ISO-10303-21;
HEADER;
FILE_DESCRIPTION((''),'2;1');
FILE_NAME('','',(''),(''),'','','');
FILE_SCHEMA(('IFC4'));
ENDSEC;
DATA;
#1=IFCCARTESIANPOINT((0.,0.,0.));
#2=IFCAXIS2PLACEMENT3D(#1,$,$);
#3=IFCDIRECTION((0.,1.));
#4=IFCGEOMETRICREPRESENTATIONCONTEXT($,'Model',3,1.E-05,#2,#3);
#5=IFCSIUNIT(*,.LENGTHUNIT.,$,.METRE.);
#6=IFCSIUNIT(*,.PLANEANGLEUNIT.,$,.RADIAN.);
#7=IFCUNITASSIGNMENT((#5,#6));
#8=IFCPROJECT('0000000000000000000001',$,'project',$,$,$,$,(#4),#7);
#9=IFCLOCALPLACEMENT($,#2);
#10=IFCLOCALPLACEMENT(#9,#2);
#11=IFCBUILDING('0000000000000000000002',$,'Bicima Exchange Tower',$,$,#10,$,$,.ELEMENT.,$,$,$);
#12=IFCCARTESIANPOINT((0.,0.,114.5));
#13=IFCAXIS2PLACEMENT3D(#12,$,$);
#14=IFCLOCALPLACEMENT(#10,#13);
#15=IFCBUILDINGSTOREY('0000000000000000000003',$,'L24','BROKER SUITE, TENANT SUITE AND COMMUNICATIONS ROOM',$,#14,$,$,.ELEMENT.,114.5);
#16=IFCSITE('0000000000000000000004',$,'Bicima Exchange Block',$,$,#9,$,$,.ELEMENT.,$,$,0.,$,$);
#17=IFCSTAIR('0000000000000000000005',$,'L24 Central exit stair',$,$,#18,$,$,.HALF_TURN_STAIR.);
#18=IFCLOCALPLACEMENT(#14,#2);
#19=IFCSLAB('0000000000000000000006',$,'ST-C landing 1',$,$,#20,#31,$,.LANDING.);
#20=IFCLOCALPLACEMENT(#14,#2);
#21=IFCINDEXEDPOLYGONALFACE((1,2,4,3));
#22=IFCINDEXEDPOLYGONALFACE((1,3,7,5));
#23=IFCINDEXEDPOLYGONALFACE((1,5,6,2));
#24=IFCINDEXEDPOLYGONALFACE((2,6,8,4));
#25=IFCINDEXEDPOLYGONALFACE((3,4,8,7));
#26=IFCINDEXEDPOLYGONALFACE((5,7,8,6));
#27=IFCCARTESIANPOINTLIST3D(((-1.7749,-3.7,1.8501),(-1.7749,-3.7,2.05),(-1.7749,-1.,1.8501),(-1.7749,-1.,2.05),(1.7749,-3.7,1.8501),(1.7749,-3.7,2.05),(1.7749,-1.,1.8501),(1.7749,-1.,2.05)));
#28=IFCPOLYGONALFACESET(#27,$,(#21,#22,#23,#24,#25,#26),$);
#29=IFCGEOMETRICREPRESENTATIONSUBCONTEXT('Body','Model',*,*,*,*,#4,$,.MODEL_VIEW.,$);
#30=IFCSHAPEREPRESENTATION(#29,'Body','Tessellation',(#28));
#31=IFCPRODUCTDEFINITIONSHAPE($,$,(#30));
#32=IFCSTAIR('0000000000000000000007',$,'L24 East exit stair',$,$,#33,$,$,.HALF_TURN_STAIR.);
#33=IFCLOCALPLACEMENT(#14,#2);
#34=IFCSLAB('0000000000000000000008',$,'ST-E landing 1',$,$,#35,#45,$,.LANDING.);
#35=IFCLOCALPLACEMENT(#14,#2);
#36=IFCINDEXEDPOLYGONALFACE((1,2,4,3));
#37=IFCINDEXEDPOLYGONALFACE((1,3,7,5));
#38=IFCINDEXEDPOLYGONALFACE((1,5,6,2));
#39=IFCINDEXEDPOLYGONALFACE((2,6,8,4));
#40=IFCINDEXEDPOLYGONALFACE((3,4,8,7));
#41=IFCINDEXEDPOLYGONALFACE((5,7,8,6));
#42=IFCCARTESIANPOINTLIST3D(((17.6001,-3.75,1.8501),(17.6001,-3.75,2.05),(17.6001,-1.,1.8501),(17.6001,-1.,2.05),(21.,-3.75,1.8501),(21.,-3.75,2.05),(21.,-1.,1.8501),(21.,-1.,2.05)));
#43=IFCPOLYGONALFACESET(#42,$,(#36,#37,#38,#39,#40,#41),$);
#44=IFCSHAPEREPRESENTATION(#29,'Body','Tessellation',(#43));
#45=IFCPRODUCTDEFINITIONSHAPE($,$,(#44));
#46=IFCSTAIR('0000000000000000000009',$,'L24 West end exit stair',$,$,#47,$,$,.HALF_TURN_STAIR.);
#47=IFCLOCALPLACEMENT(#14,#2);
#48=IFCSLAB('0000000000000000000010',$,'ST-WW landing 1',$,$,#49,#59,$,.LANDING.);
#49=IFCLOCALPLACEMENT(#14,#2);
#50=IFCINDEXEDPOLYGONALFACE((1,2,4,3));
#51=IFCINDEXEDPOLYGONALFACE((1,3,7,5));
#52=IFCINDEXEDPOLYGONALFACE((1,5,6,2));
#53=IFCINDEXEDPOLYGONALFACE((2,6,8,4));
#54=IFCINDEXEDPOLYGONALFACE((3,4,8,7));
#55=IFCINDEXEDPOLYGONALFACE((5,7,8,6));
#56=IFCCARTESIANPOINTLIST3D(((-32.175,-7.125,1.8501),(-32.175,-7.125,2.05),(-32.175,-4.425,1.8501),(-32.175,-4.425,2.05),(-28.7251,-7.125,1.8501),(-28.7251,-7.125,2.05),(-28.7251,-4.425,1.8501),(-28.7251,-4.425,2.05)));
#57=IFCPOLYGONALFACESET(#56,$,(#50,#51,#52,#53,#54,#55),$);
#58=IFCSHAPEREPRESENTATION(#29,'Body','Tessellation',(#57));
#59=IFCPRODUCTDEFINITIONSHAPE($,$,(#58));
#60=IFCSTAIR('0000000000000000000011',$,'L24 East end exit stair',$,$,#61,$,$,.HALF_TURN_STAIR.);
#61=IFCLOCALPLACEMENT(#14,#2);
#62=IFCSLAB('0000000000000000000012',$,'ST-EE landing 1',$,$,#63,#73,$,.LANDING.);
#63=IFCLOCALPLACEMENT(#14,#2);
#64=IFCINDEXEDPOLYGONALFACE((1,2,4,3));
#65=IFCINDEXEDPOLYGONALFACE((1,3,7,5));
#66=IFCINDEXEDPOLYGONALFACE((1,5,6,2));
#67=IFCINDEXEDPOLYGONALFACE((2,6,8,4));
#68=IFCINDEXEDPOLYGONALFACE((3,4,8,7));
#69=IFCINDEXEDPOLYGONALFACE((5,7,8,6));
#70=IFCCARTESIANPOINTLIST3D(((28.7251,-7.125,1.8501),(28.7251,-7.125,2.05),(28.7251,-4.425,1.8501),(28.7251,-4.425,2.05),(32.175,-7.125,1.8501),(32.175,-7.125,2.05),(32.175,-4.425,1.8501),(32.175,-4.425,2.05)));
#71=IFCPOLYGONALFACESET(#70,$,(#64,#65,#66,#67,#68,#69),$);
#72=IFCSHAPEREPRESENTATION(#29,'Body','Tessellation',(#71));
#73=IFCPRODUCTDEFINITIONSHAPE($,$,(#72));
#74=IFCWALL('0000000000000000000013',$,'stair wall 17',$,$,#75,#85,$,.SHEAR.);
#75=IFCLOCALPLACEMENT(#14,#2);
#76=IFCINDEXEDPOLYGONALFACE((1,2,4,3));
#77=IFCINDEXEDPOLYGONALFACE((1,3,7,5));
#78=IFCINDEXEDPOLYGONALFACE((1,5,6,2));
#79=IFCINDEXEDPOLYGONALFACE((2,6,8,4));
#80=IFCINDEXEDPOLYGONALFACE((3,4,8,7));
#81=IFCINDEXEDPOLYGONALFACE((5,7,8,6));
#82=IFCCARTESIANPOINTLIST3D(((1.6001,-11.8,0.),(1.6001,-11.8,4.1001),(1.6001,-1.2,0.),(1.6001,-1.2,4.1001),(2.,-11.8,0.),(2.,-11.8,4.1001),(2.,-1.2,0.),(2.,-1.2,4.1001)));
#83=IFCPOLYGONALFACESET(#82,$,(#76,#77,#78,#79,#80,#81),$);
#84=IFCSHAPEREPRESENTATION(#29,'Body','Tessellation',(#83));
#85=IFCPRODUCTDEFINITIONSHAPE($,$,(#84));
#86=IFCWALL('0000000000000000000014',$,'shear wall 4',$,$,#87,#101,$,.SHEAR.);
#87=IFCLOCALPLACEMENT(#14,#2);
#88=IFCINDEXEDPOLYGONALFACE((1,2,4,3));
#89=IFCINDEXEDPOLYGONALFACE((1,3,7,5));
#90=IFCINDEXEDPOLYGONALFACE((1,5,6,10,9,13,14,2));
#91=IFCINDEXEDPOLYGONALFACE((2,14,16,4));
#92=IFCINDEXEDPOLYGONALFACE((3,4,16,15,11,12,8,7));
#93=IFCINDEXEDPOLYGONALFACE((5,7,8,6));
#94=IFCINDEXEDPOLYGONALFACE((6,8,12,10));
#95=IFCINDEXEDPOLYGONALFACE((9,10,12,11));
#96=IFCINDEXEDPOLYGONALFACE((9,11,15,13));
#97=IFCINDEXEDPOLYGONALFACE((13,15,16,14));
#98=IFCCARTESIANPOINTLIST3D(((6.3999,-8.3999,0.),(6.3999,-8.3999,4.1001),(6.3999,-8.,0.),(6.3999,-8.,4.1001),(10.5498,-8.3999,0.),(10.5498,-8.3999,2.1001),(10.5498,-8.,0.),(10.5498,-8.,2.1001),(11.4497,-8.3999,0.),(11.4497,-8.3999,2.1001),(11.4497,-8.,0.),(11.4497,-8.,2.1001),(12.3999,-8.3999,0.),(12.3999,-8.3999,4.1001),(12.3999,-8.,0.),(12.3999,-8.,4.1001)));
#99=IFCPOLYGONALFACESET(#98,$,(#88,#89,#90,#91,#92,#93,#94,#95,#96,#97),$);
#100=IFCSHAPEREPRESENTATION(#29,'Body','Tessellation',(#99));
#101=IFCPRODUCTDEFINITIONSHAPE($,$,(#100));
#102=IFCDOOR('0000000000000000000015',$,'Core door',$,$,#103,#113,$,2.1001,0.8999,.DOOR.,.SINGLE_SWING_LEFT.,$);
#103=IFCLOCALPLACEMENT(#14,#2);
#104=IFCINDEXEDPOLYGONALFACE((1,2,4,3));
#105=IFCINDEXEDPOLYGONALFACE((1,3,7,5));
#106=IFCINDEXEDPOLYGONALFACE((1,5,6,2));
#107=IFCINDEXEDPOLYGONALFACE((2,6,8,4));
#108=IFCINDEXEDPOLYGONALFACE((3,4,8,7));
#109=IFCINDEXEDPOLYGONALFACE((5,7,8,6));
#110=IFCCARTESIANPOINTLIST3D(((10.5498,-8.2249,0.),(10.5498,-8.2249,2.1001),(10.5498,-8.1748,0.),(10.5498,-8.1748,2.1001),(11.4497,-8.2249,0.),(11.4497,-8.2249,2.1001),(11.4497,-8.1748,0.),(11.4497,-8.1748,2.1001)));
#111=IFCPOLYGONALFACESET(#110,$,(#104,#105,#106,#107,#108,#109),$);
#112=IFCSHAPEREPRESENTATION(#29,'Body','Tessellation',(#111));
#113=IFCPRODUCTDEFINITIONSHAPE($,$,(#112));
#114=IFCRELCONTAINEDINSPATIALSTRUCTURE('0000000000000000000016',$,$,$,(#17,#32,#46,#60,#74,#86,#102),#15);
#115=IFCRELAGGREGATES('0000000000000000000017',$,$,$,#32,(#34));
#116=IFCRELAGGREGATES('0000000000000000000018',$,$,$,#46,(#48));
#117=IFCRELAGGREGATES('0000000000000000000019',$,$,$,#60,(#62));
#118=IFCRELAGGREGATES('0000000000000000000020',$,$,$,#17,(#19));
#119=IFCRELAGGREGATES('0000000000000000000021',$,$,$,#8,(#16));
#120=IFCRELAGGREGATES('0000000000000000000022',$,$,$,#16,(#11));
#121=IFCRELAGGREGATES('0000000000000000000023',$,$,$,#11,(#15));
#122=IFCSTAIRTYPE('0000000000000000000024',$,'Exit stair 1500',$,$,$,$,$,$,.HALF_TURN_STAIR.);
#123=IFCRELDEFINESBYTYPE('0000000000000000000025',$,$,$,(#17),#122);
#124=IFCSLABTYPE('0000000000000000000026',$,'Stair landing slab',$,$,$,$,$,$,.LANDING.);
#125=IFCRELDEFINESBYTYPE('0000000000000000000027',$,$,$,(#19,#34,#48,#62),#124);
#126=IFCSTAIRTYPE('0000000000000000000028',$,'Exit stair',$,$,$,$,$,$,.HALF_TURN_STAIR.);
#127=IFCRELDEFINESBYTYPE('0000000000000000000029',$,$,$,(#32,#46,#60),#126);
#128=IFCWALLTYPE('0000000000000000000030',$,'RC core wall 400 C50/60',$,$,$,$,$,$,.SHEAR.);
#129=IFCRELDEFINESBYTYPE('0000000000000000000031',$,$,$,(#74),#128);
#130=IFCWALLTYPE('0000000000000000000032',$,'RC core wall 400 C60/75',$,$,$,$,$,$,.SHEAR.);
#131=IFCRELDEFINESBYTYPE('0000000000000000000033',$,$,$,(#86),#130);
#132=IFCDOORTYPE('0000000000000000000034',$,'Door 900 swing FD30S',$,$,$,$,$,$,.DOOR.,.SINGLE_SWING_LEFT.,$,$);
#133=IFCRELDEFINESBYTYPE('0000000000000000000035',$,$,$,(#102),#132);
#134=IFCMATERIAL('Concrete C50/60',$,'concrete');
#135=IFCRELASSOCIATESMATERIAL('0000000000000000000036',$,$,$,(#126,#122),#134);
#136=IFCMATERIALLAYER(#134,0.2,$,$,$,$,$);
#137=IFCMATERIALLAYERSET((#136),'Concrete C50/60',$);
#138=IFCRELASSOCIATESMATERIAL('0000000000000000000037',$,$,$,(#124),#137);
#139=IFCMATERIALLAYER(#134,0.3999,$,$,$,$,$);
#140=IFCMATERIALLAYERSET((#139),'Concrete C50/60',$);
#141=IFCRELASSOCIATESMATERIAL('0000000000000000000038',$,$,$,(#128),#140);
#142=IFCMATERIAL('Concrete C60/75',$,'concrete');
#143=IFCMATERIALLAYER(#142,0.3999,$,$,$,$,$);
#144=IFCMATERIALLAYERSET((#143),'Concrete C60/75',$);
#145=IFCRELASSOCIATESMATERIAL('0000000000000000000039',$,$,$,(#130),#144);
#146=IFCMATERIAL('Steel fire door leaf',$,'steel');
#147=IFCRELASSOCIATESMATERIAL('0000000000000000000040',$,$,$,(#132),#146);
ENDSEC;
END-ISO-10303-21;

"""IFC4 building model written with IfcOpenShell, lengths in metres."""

from ifc_helpers import new_model, si_unit, direction, frame, frame_2d, origin, place, context, subcontext, project, spatial, polyline, rectangle, outline, extrude, material, layer, layer_set, type_object, element, fill, aggregate, save


model = new_model("IFC4")

# Units and contexts
model_context = context("Model", 3, precision=1e-05, world=origin(), true_north=direction((0.0, 1.0)))
body_context = subcontext(model_context, "Body", "Model", "MODEL_VIEW")
ifc_project = project(units=[si_unit("LENGTHUNIT", "METRE"), si_unit("PLANEANGLEUNIT", "RADIAN")], contexts=[model_context])

# Site, building, storey
site_placement = place(None, origin())
site = spatial("IfcSite", under=ifc_project, at=site_placement, Name="Bicima Exchange Block", CompositionType="ELEMENT", RefElevation=0.0)
building_placement = place(site_placement, origin())
building = spatial("IfcBuilding", under=site, at=building_placement, Name="Bicima Exchange Tower", CompositionType="ELEMENT")
storey_placement = place(building_placement, frame((0.0, 0.0, 114.5)))
storey = spatial("IfcBuildingStorey", under=building, at=storey_placement, Name="L24", Description="BROKER SUITE, TENANT SUITE AND COMMUNICATIONS ROOM", CompositionType="ELEMENT", Elevation=114.5)

# Stairs, slabs
ifc_material_1 = material(Name="Concrete C50/60", Category="concrete")
stair_type_1 = type_object("IfcStairType", Name="Exit stair", PredefinedType="HALF_TURN_STAIR", material=ifc_material_1)
ifc_layer_1 = layer(ifc_material_1, 0.2)
ifc_layer_set_1 = layer_set([ifc_layer_1], Name="Concrete C50/60")
slab_type_1 = type_object("IfcSlabType", Name="Stair landing slab", PredefinedType="LANDING", material=ifc_layer_set_1)
stair_type_2 = type_object("IfcStairType", Name="Exit stair 1500", PredefinedType="HALF_TURN_STAIR", material=ifc_material_1)
stair_1_placement = place(storey_placement, origin())
stair_1 = element("IfcStair", 1, at=stair_1_placement, inside=storey, type_object=stair_type_2, Name="L24 Central exit stair", PredefinedType="HALF_TURN_STAIR")
slab_1_placement = place(storey_placement, frame((0.0, 0.0, 1.8501)))
slab_1 = element("IfcSlab", 2, at=slab_1_placement, type_object=slab_type_1, Name="ST-C landing 1", PredefinedType="LANDING", context=body_context, shape_type="SweptSolid", body=[
    extrude(outline(polyline([(1.7749, -3.7), (1.7749, -1.0), (-1.7749, -1.0), (-1.7749, -3.7), (1.7749, -3.7)])), origin(), (0.0, 0.0, 1.0), 0.2),
])
stair_2_placement = place(storey_placement, origin())
stair_2 = element("IfcStair", 3, at=stair_2_placement, inside=storey, type_object=stair_type_1, Name="L24 East exit stair", PredefinedType="HALF_TURN_STAIR")
slab_2_placement = place(storey_placement, frame((0.0, 0.0, 1.8501)))
slab_2 = element("IfcSlab", 4, at=slab_2_placement, type_object=slab_type_1, Name="ST-E landing 1", PredefinedType="LANDING", context=body_context, shape_type="SweptSolid", body=[
    extrude(outline(polyline([(21.0, -3.75), (21.0, -1.0), (17.6001, -1.0), (17.6001, -3.75), (21.0, -3.75)])), origin(), (0.0, 0.0, 1.0), 0.2),
])
aggregate(stair_2, [slab_2])
stair_3_placement = place(storey_placement, origin())
stair_3 = element("IfcStair", 5, at=stair_3_placement, inside=storey, type_object=stair_type_1, Name="L24 West end exit stair", PredefinedType="HALF_TURN_STAIR")
slab_3_placement = place(storey_placement, frame((0.0, 0.0, 1.8501)))
slab_3 = element("IfcSlab", 6, at=slab_3_placement, type_object=slab_type_1, Name="ST-WW landing 1", PredefinedType="LANDING", context=body_context, shape_type="SweptSolid", body=[
    extrude(outline(polyline([(-28.7251, -7.125), (-28.7251, -4.425), (-32.175, -4.425), (-32.175, -7.125), (-28.7251, -7.125)])), origin(), (0.0, 0.0, 1.0), 0.2),
])
aggregate(stair_3, [slab_3])
stair_4_placement = place(storey_placement, origin())
stair_4 = element("IfcStair", 7, at=stair_4_placement, inside=storey, type_object=stair_type_1, Name="L24 East end exit stair", PredefinedType="HALF_TURN_STAIR")
slab_4_placement = place(storey_placement, frame((0.0, 0.0, 1.8501)))
slab_4 = element("IfcSlab", 8, at=slab_4_placement, type_object=slab_type_1, Name="ST-EE landing 1", PredefinedType="LANDING", context=body_context, shape_type="SweptSolid", body=[
    extrude(outline(polyline([(32.175, -7.125), (32.175, -4.425), (28.7251, -4.425), (28.7251, -7.125), (32.175, -7.125)])), origin(), (0.0, 0.0, 1.0), 0.2),
])
aggregate(stair_4, [slab_4])

# Wall
ifc_layer_2 = layer(ifc_material_1, 0.3999)
ifc_layer_set_2 = layer_set([ifc_layer_2], Name="Concrete C50/60")
wall_type_1 = type_object("IfcWallType", Name="RC core wall 400 C50/60", PredefinedType="SHEAR", material=ifc_layer_set_2)
wall_1_placement = place(storey_placement, frame((1.8, -11.8, 0.0), z_axis=(0.0, 0.0, 1.0), x_axis=(0.0, 1.0, 0.0)))
element("IfcWall", 9, at=wall_1_placement, inside=storey, type_object=wall_type_1, Name="stair wall 17", PredefinedType="SHEAR", context=body_context, shape_type="SweptSolid", body=[
    extrude(rectangle(XDim=10.6001, YDim=0.3999, at=frame_2d((5.3, 0.0))), origin(), (0.0, 0.0, 1.0), 4.1001),
])

# Wall, opening, door
ifc_material_2 = material(Name="Concrete C60/75", Category="concrete")
ifc_layer_3 = layer(ifc_material_2, 0.3999)
ifc_layer_set_3 = layer_set([ifc_layer_3], Name="Concrete C60/75")
wall_type_2 = type_object("IfcWallType", Name="RC core wall 400 C60/75", PredefinedType="SHEAR", material=ifc_layer_set_3)
wall_2_placement = place(storey_placement, frame((6.3999, -8.2, 0.0), z_axis=(0.0, 0.0, 1.0), x_axis=(1.0, 0.0, 0.0)))
wall_2 = element("IfcWall", 10, at=wall_2_placement, inside=storey, type_object=wall_type_2, Name="shear wall 4", PredefinedType="SHEAR", context=body_context, shape_type="SweptSolid", body=[
    extrude(rectangle(XDim=6.0, YDim=0.3999, at=frame_2d((3.0, 0.0))), origin(), (0.0, 0.0, 1.0), 4.1001),
])
opening_1_placement = place(wall_2_placement, frame((4.1499, 0.0, 0.0)))
opening_1 = element("IfcOpeningElement", 11, at=opening_1_placement, cuts=wall_2, PredefinedType="OPENING", context=body_context, shape_type="SweptSolid", body=[
    extrude(rectangle(XDim=0.8999, YDim=2.1001, at=frame_2d((0.45, 1.05))), frame((0.0, 0.2119, 0.0), z_axis=(0.0, -1.0, 0.0), x_axis=(1.0, 0.0, 0.0)), (0.0, 0.0, 1.0), 0.4238),
])
ifc_material_3 = material(Name="Steel fire door leaf", Category="steel")
door_type_1 = type_object("IfcDoorType", Name="Door 900 swing FD30S", OperationType="SINGLE_SWING_LEFT", PredefinedType="DOOR", material=ifc_material_3)
door_1_placement = place(opening_1_placement, frame((0.8999, 0.0, 0.0), z_axis=(0.0, 0.0, 1.0), x_axis=(-1.0, 0.0, 0.0)))
door_1 = element("IfcDoor", 12, at=door_1_placement, inside=storey, type_object=door_type_1, Name="Core door", OperationType="SINGLE_SWING_LEFT", OverallHeight=2.1001, OverallWidth=0.8999, PredefinedType="DOOR", context=body_context, shape_type="SweptSolid", body=[
    extrude(rectangle(XDim=0.8999, YDim=2.1001, at=frame_2d((0.45, 1.05))), frame((0.0, 0.0249, 0.0), z_axis=(0.0, -1.0, 0.0), x_axis=(1.0, 0.0, 0.0)), (0.0, 0.0, 1.0), 0.05),
])
fill(opening_1, door_1)

aggregate(stair_1, [slab_1])

save(model, "model.ifc")
